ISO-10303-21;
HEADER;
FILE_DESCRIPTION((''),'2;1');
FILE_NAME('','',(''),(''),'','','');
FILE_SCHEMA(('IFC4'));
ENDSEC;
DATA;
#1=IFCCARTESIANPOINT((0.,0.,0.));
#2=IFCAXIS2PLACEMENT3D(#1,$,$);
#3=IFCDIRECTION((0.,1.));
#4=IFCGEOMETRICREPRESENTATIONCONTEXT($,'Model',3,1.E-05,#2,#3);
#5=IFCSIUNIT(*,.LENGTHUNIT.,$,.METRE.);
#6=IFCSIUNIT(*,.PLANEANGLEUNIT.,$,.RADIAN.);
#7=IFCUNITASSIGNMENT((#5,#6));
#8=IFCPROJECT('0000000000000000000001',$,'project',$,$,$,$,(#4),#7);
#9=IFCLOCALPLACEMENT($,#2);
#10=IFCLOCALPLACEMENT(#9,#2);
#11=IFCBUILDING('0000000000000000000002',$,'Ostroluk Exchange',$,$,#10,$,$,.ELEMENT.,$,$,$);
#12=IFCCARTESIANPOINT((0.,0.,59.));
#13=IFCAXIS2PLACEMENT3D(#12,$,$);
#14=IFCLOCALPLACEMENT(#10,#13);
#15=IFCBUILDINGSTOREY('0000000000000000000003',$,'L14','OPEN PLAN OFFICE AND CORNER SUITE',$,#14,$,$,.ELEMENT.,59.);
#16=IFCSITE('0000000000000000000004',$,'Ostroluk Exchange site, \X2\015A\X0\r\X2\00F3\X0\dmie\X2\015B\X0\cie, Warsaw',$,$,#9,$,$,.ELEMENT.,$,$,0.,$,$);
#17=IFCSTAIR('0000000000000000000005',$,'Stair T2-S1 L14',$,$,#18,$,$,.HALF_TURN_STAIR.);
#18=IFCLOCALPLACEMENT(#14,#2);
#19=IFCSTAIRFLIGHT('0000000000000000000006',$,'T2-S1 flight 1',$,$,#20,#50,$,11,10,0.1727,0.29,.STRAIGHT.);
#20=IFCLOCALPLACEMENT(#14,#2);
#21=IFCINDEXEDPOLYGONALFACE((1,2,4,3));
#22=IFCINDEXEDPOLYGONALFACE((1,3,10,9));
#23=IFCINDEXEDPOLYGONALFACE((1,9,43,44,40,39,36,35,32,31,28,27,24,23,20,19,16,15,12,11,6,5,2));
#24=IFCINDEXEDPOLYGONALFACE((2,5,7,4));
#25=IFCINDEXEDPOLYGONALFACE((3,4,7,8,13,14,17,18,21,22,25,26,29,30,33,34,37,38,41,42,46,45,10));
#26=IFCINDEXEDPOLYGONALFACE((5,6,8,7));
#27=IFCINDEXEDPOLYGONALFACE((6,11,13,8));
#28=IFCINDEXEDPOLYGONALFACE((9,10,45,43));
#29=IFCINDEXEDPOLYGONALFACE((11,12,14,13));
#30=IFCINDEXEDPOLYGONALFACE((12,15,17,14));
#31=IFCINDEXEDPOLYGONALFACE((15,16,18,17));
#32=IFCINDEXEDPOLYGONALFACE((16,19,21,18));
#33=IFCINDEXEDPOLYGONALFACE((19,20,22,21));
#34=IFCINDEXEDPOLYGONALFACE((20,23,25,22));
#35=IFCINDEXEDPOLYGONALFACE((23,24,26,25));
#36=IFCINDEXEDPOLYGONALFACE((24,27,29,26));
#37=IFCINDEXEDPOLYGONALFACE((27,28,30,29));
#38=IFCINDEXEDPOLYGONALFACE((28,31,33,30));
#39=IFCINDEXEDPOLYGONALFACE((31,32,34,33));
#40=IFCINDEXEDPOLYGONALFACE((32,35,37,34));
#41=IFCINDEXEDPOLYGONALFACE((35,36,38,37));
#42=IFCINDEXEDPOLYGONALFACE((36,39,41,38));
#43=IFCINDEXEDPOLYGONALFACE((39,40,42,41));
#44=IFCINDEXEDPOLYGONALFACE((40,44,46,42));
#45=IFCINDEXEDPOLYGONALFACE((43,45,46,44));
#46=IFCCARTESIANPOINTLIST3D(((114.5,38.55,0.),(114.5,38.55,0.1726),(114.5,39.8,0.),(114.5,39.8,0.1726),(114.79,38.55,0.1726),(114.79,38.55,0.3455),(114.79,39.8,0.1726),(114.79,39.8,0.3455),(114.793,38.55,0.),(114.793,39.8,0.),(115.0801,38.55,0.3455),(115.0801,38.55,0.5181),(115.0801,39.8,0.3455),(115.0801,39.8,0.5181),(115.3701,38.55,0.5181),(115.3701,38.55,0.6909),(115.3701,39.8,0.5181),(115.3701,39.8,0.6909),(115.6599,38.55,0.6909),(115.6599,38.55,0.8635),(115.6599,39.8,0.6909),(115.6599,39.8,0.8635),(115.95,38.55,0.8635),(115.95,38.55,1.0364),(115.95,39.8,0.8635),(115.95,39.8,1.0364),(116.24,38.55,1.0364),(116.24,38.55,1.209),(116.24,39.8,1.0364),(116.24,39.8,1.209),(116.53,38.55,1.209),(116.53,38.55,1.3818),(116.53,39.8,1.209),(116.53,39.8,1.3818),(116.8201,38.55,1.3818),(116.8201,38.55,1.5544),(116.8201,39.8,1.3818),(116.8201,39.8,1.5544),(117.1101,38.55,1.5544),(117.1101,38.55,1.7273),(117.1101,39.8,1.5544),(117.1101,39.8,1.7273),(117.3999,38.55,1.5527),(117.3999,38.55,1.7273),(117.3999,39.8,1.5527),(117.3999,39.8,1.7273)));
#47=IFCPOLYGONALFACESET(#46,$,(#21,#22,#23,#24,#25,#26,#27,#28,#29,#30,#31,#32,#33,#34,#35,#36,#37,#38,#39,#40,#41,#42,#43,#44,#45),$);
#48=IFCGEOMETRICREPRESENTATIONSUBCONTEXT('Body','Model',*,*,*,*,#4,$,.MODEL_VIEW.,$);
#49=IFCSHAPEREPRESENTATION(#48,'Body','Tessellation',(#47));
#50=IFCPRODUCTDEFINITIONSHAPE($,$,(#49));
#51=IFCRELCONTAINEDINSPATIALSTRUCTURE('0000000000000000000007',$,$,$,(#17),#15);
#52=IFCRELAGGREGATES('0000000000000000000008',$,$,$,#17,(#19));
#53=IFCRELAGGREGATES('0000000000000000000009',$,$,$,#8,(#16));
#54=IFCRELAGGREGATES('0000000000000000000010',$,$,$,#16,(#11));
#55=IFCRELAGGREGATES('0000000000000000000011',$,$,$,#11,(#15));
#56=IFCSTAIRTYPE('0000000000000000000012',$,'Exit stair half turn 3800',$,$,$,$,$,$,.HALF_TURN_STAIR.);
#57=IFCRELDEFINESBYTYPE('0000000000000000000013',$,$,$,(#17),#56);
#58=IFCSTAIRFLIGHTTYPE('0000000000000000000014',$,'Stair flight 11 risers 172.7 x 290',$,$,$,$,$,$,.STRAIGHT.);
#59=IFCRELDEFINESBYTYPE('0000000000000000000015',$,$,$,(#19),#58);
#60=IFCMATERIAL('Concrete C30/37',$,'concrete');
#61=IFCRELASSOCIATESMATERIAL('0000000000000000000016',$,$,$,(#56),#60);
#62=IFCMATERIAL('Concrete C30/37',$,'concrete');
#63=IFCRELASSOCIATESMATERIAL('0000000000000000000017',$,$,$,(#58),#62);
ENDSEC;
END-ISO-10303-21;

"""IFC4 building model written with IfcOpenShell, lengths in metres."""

from ifc_helpers import new_model, si_unit, direction, frame, origin, place, context, subcontext, project, spatial, polyline, outline, extrude, material, type_object, element, aggregate, save


model = new_model("IFC4")

# Units and contexts
model_context = context("Model", 3, precision=1e-05, world=origin(), true_north=direction((0.0, 1.0)))
body_context = subcontext(model_context, "Body", "Model", "MODEL_VIEW")
ifc_project = project(units=[si_unit("LENGTHUNIT", "METRE"), si_unit("PLANEANGLEUNIT", "RADIAN")], contexts=[model_context])

# Site, building, storey
site_placement = place(None, origin())
site = spatial("IfcSite", under=ifc_project, at=site_placement, Name="Ostroluk Exchange site, Śródmieście, Warsaw", CompositionType="ELEMENT", RefElevation=0.0)
building_placement = place(site_placement, origin())
building = spatial("IfcBuilding", under=site, at=building_placement, Name="Ostroluk Exchange", CompositionType="ELEMENT")
storey_placement = place(building_placement, frame((0.0, 0.0, 59.0)))
storey = spatial("IfcBuildingStorey", under=building, at=storey_placement, Name="L14", Description="OPEN PLAN OFFICE AND CORNER SUITE", CompositionType="ELEMENT", Elevation=59.0)

# Stair, stair flight
ifc_material_1 = material(Name="Concrete C30/37", Category="concrete")
stair_type = type_object("IfcStairType", Name="Exit stair half turn 3800", PredefinedType="HALF_TURN_STAIR", material=ifc_material_1)
stair_placement = place(storey_placement, origin())
stair = element("IfcStair", 1, at=stair_placement, inside=storey, type_object=stair_type, Name="Stair T2-S1 L14", PredefinedType="HALF_TURN_STAIR")
ifc_material_2 = material(Name="Concrete C30/37", Category="concrete")
stair_flight_type = type_object("IfcStairFlightType", Name="Stair flight 11 risers 172.7 x 290", PredefinedType="STRAIGHT", material=ifc_material_2)
stair_flight_placement = place(storey_placement, frame((114.5, 39.175, 0.0), z_axis=(0.0, 0.0, 1.0), x_axis=(1.0, 0.0, 0.0)))
stair_flight = element("IfcStairFlight", 2, at=stair_flight_placement, type_object=stair_flight_type, Name="T2-S1 flight 1", NumberOfRisers=11, NumberOfTreads=10, PredefinedType="STRAIGHT", RiserHeight=0.1727, TreadLength=0.29, context=body_context, shape_type="SweptSolid", body=[
    extrude(outline(polyline([(0.0, 0.0), (0.0, 0.1726), (0.29, 0.1726), (0.29, 0.3455), (0.5801, 0.3455), (0.5801, 0.5181), (0.8701, 0.5181), (0.8701, 0.6909), (1.1599, 0.6909), (1.1599, 0.8635), (1.45, 0.8635), (1.45, 1.0364), (1.74, 1.0364), (1.74, 1.209), (2.03, 1.209), (2.03, 1.3818), (2.3201, 1.3818), (2.3201, 1.5544), (2.6101, 1.5544), (2.6101, 1.7273), (2.8999, 1.7273), (2.8999, 1.8999), (2.8999, 1.5527), (0.293, 0.0), (0.0, 0.0)])), frame((0.0, 0.625, 0.0), z_axis=(0.0, -1.0, 0.0), x_axis=(1.0, 0.0, 0.0)), (0.0, 0.0, 1.0), 1.25),
])
aggregate(stair, [stair_flight])

save(model, "model.ifc")
